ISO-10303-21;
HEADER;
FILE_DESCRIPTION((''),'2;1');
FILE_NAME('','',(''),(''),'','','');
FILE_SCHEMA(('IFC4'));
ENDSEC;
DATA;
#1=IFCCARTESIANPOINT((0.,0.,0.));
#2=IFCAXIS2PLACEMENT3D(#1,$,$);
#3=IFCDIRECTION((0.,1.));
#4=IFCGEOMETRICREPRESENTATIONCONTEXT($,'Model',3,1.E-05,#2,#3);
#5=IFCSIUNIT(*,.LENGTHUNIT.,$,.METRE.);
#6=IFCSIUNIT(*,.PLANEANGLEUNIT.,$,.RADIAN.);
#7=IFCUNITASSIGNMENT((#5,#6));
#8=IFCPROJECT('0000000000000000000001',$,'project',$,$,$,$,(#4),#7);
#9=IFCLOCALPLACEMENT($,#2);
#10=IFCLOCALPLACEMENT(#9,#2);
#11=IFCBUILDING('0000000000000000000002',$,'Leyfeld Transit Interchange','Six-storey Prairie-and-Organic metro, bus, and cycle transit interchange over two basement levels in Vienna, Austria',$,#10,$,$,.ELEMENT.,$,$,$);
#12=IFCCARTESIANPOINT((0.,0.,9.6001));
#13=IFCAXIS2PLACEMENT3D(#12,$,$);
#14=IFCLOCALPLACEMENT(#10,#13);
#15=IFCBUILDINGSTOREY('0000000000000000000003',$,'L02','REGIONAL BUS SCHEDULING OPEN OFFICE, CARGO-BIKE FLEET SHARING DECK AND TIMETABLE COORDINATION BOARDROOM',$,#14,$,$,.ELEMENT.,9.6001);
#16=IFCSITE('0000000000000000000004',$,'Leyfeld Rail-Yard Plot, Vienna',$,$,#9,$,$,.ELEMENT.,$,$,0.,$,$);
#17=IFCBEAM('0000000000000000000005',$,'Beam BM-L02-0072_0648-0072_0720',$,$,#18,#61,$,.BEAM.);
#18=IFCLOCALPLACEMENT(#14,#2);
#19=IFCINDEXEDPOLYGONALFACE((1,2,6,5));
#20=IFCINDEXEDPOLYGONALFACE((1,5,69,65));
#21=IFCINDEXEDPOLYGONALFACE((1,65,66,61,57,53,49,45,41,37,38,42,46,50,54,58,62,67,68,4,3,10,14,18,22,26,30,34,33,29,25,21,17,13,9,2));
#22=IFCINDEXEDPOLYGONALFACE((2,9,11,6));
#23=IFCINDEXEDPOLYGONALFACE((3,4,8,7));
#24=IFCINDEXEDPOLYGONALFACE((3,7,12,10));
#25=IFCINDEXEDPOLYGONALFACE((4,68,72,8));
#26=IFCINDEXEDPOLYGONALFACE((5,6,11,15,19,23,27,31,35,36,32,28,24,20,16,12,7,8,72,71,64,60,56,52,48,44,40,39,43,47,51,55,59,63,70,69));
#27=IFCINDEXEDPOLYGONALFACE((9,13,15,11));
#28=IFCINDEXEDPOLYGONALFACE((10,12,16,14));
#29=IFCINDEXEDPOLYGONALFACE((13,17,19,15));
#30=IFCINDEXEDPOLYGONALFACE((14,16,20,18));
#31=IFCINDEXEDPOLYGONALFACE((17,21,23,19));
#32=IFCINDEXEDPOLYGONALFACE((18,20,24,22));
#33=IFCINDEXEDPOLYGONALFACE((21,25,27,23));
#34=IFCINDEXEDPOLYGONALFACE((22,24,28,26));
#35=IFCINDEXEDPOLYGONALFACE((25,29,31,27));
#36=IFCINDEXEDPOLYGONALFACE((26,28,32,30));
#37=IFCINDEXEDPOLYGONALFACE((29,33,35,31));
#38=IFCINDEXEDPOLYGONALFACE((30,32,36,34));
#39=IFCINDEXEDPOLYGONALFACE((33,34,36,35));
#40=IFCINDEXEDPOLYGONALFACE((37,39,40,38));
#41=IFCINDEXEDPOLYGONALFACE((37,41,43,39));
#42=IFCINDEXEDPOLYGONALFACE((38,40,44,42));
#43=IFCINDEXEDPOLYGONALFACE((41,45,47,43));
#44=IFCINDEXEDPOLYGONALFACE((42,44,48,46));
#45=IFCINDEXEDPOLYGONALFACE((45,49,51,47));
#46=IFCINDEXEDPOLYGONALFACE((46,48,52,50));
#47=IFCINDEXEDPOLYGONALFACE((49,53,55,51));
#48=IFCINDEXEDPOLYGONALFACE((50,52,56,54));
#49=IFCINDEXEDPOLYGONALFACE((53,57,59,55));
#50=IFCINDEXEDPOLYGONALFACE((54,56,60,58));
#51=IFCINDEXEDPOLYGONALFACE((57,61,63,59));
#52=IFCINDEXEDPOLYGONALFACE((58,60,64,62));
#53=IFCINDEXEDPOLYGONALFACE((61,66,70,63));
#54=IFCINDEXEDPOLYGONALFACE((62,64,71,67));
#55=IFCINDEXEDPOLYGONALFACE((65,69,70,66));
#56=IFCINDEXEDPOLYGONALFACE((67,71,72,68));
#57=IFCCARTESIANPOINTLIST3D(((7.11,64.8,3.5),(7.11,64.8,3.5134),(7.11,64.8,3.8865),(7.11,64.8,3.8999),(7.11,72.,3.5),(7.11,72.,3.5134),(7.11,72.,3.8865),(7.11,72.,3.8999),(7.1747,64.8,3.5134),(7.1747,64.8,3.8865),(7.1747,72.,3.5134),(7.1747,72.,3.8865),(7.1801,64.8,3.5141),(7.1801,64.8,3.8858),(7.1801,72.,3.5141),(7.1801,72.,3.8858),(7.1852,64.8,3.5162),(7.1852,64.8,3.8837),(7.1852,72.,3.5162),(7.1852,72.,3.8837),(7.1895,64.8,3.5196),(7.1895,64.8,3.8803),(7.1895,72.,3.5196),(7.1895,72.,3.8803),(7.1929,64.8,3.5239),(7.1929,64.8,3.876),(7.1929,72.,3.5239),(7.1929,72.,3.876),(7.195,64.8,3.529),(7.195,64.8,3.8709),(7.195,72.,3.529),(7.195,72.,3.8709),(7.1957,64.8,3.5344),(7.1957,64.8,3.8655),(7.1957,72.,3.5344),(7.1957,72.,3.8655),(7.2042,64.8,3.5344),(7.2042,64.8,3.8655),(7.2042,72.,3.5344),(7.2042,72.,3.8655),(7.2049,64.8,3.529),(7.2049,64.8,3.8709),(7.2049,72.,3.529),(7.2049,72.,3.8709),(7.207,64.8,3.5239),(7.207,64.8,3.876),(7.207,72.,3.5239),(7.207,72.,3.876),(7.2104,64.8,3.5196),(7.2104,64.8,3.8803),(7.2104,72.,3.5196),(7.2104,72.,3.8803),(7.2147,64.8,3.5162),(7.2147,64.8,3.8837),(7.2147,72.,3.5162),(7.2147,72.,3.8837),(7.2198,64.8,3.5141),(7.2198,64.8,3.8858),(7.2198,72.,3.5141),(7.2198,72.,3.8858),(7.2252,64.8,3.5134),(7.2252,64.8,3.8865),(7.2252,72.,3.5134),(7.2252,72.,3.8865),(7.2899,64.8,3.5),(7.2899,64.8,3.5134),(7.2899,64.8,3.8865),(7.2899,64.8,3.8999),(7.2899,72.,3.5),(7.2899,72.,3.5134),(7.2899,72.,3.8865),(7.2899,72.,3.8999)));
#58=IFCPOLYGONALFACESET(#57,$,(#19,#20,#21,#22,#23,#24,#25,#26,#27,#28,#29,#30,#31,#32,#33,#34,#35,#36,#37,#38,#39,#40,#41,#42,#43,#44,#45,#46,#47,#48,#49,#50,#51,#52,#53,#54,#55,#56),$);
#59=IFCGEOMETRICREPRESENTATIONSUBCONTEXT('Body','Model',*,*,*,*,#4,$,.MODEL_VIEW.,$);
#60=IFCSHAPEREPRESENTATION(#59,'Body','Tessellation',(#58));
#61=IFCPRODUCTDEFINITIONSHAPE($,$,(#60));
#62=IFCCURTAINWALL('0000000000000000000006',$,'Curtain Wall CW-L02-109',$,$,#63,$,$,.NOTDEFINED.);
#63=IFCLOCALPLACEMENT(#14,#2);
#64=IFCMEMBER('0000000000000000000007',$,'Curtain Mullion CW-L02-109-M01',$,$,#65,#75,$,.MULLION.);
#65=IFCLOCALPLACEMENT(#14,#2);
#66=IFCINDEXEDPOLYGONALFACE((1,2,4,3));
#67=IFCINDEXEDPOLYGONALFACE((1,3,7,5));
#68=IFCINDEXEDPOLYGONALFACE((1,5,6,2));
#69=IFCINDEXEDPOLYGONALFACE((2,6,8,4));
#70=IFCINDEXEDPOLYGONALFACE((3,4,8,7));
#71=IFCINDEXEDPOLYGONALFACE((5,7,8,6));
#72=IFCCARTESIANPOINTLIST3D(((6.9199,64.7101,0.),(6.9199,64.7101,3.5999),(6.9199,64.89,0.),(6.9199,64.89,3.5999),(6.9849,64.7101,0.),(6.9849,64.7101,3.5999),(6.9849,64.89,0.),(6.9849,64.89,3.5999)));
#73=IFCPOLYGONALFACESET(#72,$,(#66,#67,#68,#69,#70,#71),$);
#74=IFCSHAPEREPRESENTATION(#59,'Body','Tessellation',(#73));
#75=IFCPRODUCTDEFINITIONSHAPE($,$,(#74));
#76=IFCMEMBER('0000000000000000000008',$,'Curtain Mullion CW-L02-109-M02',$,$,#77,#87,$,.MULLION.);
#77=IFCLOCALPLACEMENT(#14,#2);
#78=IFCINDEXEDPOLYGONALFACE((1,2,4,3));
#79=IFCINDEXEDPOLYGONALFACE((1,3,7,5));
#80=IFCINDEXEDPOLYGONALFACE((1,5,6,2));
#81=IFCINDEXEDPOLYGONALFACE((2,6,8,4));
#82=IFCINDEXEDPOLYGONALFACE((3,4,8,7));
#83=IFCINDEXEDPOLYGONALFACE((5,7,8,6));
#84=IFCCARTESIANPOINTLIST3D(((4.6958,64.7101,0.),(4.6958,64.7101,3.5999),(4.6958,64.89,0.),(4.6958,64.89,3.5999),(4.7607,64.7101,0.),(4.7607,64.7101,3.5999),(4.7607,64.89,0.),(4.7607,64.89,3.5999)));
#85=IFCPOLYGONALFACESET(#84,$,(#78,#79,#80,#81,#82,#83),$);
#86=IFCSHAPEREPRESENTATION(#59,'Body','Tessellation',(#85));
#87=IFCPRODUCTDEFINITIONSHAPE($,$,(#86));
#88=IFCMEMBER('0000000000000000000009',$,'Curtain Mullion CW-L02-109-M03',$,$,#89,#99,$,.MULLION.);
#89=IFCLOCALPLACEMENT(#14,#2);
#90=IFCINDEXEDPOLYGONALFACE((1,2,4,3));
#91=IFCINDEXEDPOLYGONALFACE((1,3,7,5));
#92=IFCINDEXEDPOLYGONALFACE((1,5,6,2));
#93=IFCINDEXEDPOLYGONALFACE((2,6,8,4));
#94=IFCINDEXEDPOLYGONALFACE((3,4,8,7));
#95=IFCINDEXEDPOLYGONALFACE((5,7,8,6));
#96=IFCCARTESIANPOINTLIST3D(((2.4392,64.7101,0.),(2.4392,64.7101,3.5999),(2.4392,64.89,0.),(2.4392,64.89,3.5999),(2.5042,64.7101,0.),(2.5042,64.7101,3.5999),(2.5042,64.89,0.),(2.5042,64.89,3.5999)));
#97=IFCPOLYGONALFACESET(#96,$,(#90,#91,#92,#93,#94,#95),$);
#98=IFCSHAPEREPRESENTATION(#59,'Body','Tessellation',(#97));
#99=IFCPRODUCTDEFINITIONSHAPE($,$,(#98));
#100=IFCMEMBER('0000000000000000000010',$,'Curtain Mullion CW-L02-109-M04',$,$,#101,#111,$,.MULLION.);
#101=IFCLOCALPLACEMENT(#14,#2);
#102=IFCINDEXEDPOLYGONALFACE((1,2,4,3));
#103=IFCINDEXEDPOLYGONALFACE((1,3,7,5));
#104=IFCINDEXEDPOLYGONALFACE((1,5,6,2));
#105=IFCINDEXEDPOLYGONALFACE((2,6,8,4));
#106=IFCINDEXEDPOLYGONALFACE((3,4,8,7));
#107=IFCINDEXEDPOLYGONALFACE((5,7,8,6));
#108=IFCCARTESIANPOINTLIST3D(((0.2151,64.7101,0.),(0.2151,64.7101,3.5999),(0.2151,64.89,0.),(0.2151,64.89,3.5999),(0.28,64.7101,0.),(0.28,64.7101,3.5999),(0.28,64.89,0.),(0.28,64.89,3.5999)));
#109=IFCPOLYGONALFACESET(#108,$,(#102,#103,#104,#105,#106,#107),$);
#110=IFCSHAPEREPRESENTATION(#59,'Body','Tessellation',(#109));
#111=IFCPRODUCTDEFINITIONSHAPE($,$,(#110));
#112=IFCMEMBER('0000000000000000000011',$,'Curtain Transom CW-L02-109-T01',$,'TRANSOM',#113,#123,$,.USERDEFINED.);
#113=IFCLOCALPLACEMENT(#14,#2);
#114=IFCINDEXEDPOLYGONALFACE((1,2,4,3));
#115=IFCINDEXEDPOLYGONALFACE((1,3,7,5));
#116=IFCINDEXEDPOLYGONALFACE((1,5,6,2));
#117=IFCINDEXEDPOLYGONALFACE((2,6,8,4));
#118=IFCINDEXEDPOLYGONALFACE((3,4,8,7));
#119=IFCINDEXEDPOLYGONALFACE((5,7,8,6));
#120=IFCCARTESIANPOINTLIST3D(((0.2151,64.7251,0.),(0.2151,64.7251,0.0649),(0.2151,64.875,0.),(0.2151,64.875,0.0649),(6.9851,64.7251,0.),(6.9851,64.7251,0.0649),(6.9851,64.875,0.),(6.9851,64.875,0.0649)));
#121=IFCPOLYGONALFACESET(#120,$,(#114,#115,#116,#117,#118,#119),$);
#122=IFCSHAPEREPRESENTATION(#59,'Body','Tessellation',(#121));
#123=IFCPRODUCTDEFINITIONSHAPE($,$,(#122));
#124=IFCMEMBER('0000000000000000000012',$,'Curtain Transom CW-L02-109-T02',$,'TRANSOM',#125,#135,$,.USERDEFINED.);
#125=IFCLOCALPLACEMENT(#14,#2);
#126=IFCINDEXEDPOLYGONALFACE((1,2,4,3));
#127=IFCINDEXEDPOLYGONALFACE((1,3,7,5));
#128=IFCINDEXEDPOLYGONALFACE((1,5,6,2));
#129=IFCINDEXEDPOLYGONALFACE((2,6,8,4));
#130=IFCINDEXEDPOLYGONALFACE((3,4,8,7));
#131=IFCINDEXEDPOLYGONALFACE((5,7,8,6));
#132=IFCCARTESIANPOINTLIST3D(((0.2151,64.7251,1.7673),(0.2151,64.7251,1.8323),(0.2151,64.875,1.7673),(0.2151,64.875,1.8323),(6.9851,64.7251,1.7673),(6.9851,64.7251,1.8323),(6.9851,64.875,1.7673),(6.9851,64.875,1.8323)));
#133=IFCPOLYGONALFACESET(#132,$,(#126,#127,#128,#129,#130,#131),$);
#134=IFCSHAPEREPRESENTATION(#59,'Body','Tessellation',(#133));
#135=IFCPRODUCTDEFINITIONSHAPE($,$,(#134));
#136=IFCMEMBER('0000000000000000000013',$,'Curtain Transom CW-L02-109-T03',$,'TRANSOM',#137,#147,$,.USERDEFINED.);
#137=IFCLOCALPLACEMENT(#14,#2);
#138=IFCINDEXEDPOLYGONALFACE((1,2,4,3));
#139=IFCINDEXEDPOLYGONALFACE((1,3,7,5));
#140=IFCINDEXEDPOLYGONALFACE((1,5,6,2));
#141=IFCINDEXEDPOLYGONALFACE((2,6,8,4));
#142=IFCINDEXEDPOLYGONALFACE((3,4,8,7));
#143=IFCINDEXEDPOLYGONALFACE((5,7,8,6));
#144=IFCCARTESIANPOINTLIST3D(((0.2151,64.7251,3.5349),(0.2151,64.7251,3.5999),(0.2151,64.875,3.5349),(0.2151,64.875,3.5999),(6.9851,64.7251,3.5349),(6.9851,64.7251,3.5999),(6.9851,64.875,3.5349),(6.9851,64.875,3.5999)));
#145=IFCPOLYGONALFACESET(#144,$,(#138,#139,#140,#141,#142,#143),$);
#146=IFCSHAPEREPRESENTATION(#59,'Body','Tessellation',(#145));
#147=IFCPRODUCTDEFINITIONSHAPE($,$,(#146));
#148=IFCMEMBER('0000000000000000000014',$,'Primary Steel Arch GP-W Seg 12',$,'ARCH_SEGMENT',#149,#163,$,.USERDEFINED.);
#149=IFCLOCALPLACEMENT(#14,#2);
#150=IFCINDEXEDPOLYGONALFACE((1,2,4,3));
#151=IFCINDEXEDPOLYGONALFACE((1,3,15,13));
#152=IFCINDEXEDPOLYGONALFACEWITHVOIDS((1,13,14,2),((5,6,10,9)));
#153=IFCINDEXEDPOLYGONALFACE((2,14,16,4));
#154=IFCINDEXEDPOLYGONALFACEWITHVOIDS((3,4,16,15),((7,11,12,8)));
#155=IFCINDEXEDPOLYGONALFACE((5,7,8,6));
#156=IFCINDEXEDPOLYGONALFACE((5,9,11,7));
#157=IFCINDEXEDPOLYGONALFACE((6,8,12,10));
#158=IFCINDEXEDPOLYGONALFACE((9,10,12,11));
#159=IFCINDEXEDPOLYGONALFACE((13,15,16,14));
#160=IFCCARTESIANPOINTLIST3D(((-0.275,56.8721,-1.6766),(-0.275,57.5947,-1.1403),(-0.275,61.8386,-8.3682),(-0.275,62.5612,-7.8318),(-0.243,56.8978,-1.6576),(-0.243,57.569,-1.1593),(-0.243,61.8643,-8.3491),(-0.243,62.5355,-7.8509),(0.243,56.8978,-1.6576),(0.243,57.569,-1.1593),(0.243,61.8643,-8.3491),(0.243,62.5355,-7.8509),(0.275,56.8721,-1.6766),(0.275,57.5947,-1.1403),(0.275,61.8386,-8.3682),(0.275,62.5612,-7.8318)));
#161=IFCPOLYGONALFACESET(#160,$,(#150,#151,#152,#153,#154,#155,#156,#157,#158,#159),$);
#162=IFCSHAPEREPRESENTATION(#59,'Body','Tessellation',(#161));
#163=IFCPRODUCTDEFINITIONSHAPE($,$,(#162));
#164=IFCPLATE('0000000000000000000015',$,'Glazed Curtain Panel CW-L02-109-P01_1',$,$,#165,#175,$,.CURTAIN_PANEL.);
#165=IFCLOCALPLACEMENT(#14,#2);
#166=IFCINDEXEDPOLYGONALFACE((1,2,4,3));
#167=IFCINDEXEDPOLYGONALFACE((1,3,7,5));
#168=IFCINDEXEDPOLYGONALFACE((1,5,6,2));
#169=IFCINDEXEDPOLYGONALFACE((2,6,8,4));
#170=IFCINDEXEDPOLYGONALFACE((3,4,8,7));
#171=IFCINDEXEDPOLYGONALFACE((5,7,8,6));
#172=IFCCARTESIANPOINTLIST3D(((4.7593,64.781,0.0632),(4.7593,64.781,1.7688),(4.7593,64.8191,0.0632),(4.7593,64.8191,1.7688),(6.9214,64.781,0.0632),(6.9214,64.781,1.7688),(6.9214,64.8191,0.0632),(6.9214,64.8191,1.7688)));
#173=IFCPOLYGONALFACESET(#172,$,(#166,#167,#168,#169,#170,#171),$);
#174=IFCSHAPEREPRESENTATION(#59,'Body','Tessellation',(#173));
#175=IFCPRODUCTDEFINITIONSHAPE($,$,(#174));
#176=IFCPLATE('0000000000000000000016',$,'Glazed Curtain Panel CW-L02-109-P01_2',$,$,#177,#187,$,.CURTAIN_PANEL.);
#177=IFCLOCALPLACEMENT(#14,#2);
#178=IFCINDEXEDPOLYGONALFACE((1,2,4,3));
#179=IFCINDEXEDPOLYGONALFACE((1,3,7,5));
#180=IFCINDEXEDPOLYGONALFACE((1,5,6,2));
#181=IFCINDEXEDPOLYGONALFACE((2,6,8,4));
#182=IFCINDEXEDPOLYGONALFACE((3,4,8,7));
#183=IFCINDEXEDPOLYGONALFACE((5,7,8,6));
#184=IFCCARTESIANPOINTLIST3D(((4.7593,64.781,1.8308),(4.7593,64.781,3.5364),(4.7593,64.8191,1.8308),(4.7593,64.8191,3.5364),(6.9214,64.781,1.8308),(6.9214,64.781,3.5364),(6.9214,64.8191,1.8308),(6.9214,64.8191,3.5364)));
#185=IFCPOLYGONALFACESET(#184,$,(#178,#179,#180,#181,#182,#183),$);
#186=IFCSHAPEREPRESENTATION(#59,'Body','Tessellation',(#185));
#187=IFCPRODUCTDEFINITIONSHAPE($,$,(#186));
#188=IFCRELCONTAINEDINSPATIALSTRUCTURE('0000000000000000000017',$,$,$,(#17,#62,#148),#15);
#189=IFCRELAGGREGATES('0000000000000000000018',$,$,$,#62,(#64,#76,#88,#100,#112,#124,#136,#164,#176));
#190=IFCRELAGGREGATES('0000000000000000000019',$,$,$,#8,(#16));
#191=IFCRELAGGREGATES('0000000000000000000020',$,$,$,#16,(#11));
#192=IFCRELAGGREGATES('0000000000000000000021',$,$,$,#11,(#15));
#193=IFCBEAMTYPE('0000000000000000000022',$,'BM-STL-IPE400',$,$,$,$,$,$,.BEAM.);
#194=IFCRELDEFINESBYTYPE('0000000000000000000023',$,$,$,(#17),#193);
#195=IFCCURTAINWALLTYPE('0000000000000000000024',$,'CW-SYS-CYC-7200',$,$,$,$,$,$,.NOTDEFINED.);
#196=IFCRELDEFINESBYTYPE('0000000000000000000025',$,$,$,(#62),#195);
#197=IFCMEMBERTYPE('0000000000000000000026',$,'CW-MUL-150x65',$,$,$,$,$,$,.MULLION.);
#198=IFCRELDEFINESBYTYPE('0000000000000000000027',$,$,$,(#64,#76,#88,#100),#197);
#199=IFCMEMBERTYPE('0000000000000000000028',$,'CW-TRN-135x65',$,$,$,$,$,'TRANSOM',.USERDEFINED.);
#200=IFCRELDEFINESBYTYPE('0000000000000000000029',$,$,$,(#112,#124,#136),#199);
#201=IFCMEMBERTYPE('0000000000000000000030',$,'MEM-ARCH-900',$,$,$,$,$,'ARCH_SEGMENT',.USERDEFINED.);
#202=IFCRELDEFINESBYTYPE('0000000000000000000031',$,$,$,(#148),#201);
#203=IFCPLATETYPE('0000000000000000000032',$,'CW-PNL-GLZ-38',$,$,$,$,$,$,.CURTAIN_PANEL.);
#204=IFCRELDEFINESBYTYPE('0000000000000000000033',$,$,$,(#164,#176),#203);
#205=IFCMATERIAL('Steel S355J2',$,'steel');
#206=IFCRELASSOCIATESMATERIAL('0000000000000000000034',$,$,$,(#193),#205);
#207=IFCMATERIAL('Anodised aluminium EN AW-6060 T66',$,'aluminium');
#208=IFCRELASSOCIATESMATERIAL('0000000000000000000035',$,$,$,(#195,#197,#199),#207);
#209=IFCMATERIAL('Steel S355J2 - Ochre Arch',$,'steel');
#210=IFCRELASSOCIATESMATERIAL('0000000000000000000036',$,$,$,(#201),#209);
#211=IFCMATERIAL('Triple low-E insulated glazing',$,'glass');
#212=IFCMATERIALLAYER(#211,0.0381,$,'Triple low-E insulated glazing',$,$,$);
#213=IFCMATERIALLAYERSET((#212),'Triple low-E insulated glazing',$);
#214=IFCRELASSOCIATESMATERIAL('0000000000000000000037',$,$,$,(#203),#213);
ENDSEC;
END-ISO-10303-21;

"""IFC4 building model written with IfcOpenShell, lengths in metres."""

from ifc_helpers import new_model, si_unit, direction, frame, origin, origin_2d, place, context, subcontext, project, spatial, rectangle, hollow_rectangle, i_section, extrude, material, layer, layer_set, material_profile, profile_set, type_object, element, aggregate, save


model = new_model("IFC4")

# Units and contexts
model_context = context("Model", 3, precision=1e-05, world=origin(), true_north=direction((0.0, 1.0)))
body_context = subcontext(model_context, "Body", "Model", "MODEL_VIEW")
ifc_project = project(units=[si_unit("LENGTHUNIT", "METRE"), si_unit("PLANEANGLEUNIT", "RADIAN")], contexts=[model_context])

# Site, building, storey
site_placement = place(None, origin())
site = spatial("IfcSite", under=ifc_project, at=site_placement, Name="Leyfeld Rail-Yard Plot, Vienna", CompositionType="ELEMENT", RefElevation=0.0)
building_placement = place(site_placement, origin())
building = spatial("IfcBuilding", under=site, at=building_placement, Name="Leyfeld Transit Interchange", Description="Six-storey Prairie-and-Organic metro, bus, and cycle transit interchange over two basement levels in Vienna, Austria", CompositionType="ELEMENT")
storey_placement = place(building_placement, frame((0.0, 0.0, 9.6001)))
storey = spatial("IfcBuildingStorey", under=building, at=storey_placement, Name="L02", Description="REGIONAL BUS SCHEDULING OPEN OFFICE, CARGO-BIKE FLEET SHARING DECK AND TIMETABLE COORDINATION BOARDROOM", CompositionType="ELEMENT", Elevation=9.6001)

# Beam
ifc_material_1 = material(Name="Steel S355J2", Category="steel")
ifc_material_profile_1 = material_profile(ifc_material_1, i_section(OverallWidth=0.1799, OverallDepth=0.3999, WebThickness=0.0085, FlangeThickness=0.0134, FilletRadius=0.021, at=origin_2d()), Name="IPE 400")
ifc_profile_set_1 = profile_set([ifc_material_profile_1], Name="Steel S355J2")
beam_type_1 = type_object("IfcBeamType", Name="BM-STL-IPE400", PredefinedType="BEAM", material=ifc_profile_set_1)
beam_1_placement = place(storey_placement, frame((7.2, 64.8, 3.7), z_axis=(0.0, 1.0, 0.0), x_axis=(-1.0, 0.0, 0.0)))
element("IfcBeam", 1, at=beam_1_placement, inside=storey, type_object=beam_type_1, Name="Beam BM-L02-0072_0648-0072_0720", PredefinedType="BEAM", context=body_context, shape_type="SweptSolid", body=[
    extrude(i_section(OverallWidth=0.1799, OverallDepth=0.3999, WebThickness=0.0085, FlangeThickness=0.0134, FilletRadius=0.021, at=origin_2d()), origin(), (0.0, 0.0, 1.0), 7.2),
])

# Curtain wall, members
ifc_material_2 = material(Name="Anodised aluminium EN AW-6060 T66", Category="aluminium")
curtain_wall_type = type_object("IfcCurtainWallType", Name="CW-SYS-CYC-7200", PredefinedType="NOTDEFINED", material=ifc_material_2)
curtain_wall_placement = place(storey_placement, origin())
curtain_wall = element("IfcCurtainWall", 2, at=curtain_wall_placement, inside=storey, type_object=curtain_wall_type, Name="Curtain Wall CW-L02-109", PredefinedType="NOTDEFINED")
ifc_material_profile_2 = material_profile(ifc_material_2, rectangle(XDim=0.0649, YDim=0.1799, at=origin_2d()), Name="CW-M 65x180")
ifc_profile_set_2 = profile_set([ifc_material_profile_2], Name="Anodised aluminium EN AW-6060 T66")
member_type_1 = type_object("IfcMemberType", Name="CW-MUL-150x65", PredefinedType="MULLION", material=ifc_profile_set_2)
member_1_placement = place(storey_placement, frame((6.9524, 64.8, 0.0), z_axis=(0.0, 0.0, 1.0), x_axis=(-1.0, 0.0, 0.0)))
member_1 = element("IfcMember", 3, at=member_1_placement, type_object=member_type_1, Name="Curtain Mullion CW-L02-109-M01", PredefinedType="MULLION", context=body_context, shape_type="SweptSolid", body=[
    extrude(rectangle(XDim=0.0649, YDim=0.1799, at=origin_2d()), origin(), (0.0, 0.0, 1.0), 3.5999),
])
member_2_placement = place(storey_placement, frame((4.7283, 64.8, 0.0), z_axis=(0.0, 0.0, 1.0), x_axis=(-1.0, 0.0, 0.0)))
member_2 = element("IfcMember", 4, at=member_2_placement, type_object=member_type_1, Name="Curtain Mullion CW-L02-109-M02", PredefinedType="MULLION", context=body_context, shape_type="SweptSolid", body=[
    extrude(rectangle(XDim=0.0649, YDim=0.1799, at=origin_2d()), origin(), (0.0, 0.0, 1.0), 3.5999),
])
member_3_placement = place(storey_placement, frame((2.4717, 64.8, 0.0), z_axis=(0.0, 0.0, 1.0), x_axis=(-1.0, 0.0, 0.0)))
member_3 = element("IfcMember", 5, at=member_3_placement, type_object=member_type_1, Name="Curtain Mullion CW-L02-109-M03", PredefinedType="MULLION", context=body_context, shape_type="SweptSolid", body=[
    extrude(rectangle(XDim=0.0649, YDim=0.1799, at=origin_2d()), origin(), (0.0, 0.0, 1.0), 3.5999),
])
member_4_placement = place(storey_placement, frame((0.2476, 64.8, 0.0), z_axis=(0.0, 0.0, 1.0), x_axis=(-1.0, 0.0, 0.0)))
member_4 = element("IfcMember", 6, at=member_4_placement, type_object=member_type_1, Name="Curtain Mullion CW-L02-109-M04", PredefinedType="MULLION", context=body_context, shape_type="SweptSolid", body=[
    extrude(rectangle(XDim=0.0649, YDim=0.1799, at=origin_2d()), origin(), (0.0, 0.0, 1.0), 3.5999),
])
ifc_material_profile_3 = material_profile(ifc_material_2, rectangle(XDim=0.1499, YDim=0.0649, at=origin_2d()), Name="CW-TRN-135x65")
ifc_profile_set_3 = profile_set([ifc_material_profile_3], Name="Anodised aluminium EN AW-6060 T66")
member_type_2 = type_object("IfcMemberType", Name="CW-TRN-135x65", ElementType="TRANSOM", PredefinedType="USERDEFINED", material=ifc_profile_set_3)
member_5_placement = place(storey_placement, frame((6.9851, 64.8, 0.0325), z_axis=(-1.0, 0.0, 0.0), x_axis=(0.0, -1.0, 0.0)))
member_5 = element("IfcMember", 7, at=member_5_placement, type_object=member_type_2, Name="Curtain Transom CW-L02-109-T01", ObjectType="TRANSOM", PredefinedType="USERDEFINED", context=body_context, shape_type="SweptSolid", body=[
    extrude(rectangle(XDim=0.1499, YDim=0.0649, at=origin_2d()), origin(), (0.0, 0.0, 1.0), 6.77),
])
member_6_placement = place(storey_placement, frame((6.9851, 64.8, 1.7998), z_axis=(-1.0, 0.0, 0.0), x_axis=(0.0, -1.0, 0.0)))
member_6 = element("IfcMember", 8, at=member_6_placement, type_object=member_type_2, Name="Curtain Transom CW-L02-109-T02", ObjectType="TRANSOM", PredefinedType="USERDEFINED", context=body_context, shape_type="SweptSolid", body=[
    extrude(rectangle(XDim=0.1499, YDim=0.0649, at=origin_2d()), origin(), (0.0, 0.0, 1.0), 6.77),
])
member_7_placement = place(storey_placement, frame((6.9851, 64.8, 3.5674), z_axis=(-1.0, 0.0, 0.0), x_axis=(0.0, -1.0, 0.0)))
member_7 = element("IfcMember", 9, at=member_7_placement, type_object=member_type_2, Name="Curtain Transom CW-L02-109-T03", ObjectType="TRANSOM", PredefinedType="USERDEFINED", context=body_context, shape_type="SweptSolid", body=[
    extrude(rectangle(XDim=0.1499, YDim=0.0649, at=origin_2d()), origin(), (0.0, 0.0, 1.0), 6.77),
])

# Member
ifc_material_3 = material(Name="Steel S355J2 - Ochre Arch", Category="steel")
ifc_material_profile_4 = material_profile(ifc_material_3, hollow_rectangle(XDim=0.55, YDim=0.8999, WallThickness=0.032, at=origin_2d()), Name="RHS 900x550x32")
ifc_profile_set_4 = profile_set([ifc_material_profile_4], Name="Steel S355J2 - Ochre Arch")
member_type_3 = type_object("IfcMemberType", Name="MEM-ARCH-900", ElementType="ARCH_SEGMENT", PredefinedType="USERDEFINED", material=ifc_profile_set_4)
member_8_placement = place(storey_placement, frame((0.0, 57.2334, -1.4084), z_axis=(0.0, 0.595985, -0.802996), x_axis=(-1.0, 0.0, 0.0)))
element("IfcMember", 10, at=member_8_placement, inside=storey, type_object=member_type_3, Name="Primary Steel Arch GP-W Seg 12", ObjectType="ARCH_SEGMENT", PredefinedType="USERDEFINED", context=body_context, shape_type="SweptSolid", body=[
    extrude(hollow_rectangle(XDim=0.55, YDim=0.8999, WallThickness=0.032, at=origin_2d()), origin(), (0.0, 0.0, 1.0), 8.3333),
])

# Plates
ifc_material_4 = material(Name="Triple low-E insulated glazing", Category="glass")
ifc_layer_1 = layer(ifc_material_4, 0.0381, Name="Triple low-E insulated glazing")
ifc_layer_set_1 = layer_set([ifc_layer_1], Name="Triple low-E insulated glazing")
plate_type = type_object("IfcPlateType", Name="CW-PNL-GLZ-38", PredefinedType="CURTAIN_PANEL", material=ifc_layer_set_1)
plate_1_placement = place(storey_placement, frame((5.8403, 64.8, 0.0632), z_axis=(0.0, 0.0, 1.0), x_axis=(-1.0, 0.0, 0.0)))
plate_1 = element("IfcPlate", 11, at=plate_1_placement, type_object=plate_type, Name="Glazed Curtain Panel CW-L02-109-P01_1", PredefinedType="CURTAIN_PANEL", context=body_context, shape_type="SweptSolid", body=[
    extrude(rectangle(XDim=2.1621, YDim=0.0381, at=origin_2d()), origin(), (0.0, 0.0, 1.0), 1.7056),
])
plate_2_placement = place(storey_placement, frame((5.8403, 64.8, 1.8308), z_axis=(0.0, 0.0, 1.0), x_axis=(-1.0, 0.0, 0.0)))
plate_2 = element("IfcPlate", 12, at=plate_2_placement, type_object=plate_type, Name="Glazed Curtain Panel CW-L02-109-P01_2", PredefinedType="CURTAIN_PANEL", context=body_context, shape_type="SweptSolid", body=[
    extrude(rectangle(XDim=2.1621, YDim=0.0381, at=origin_2d()), origin(), (0.0, 0.0, 1.0), 1.7056),
])
aggregate(curtain_wall, [member_1, member_2, member_3, member_4, member_5, member_6, member_7, plate_1, plate_2])

save(model, "model.ifc")
